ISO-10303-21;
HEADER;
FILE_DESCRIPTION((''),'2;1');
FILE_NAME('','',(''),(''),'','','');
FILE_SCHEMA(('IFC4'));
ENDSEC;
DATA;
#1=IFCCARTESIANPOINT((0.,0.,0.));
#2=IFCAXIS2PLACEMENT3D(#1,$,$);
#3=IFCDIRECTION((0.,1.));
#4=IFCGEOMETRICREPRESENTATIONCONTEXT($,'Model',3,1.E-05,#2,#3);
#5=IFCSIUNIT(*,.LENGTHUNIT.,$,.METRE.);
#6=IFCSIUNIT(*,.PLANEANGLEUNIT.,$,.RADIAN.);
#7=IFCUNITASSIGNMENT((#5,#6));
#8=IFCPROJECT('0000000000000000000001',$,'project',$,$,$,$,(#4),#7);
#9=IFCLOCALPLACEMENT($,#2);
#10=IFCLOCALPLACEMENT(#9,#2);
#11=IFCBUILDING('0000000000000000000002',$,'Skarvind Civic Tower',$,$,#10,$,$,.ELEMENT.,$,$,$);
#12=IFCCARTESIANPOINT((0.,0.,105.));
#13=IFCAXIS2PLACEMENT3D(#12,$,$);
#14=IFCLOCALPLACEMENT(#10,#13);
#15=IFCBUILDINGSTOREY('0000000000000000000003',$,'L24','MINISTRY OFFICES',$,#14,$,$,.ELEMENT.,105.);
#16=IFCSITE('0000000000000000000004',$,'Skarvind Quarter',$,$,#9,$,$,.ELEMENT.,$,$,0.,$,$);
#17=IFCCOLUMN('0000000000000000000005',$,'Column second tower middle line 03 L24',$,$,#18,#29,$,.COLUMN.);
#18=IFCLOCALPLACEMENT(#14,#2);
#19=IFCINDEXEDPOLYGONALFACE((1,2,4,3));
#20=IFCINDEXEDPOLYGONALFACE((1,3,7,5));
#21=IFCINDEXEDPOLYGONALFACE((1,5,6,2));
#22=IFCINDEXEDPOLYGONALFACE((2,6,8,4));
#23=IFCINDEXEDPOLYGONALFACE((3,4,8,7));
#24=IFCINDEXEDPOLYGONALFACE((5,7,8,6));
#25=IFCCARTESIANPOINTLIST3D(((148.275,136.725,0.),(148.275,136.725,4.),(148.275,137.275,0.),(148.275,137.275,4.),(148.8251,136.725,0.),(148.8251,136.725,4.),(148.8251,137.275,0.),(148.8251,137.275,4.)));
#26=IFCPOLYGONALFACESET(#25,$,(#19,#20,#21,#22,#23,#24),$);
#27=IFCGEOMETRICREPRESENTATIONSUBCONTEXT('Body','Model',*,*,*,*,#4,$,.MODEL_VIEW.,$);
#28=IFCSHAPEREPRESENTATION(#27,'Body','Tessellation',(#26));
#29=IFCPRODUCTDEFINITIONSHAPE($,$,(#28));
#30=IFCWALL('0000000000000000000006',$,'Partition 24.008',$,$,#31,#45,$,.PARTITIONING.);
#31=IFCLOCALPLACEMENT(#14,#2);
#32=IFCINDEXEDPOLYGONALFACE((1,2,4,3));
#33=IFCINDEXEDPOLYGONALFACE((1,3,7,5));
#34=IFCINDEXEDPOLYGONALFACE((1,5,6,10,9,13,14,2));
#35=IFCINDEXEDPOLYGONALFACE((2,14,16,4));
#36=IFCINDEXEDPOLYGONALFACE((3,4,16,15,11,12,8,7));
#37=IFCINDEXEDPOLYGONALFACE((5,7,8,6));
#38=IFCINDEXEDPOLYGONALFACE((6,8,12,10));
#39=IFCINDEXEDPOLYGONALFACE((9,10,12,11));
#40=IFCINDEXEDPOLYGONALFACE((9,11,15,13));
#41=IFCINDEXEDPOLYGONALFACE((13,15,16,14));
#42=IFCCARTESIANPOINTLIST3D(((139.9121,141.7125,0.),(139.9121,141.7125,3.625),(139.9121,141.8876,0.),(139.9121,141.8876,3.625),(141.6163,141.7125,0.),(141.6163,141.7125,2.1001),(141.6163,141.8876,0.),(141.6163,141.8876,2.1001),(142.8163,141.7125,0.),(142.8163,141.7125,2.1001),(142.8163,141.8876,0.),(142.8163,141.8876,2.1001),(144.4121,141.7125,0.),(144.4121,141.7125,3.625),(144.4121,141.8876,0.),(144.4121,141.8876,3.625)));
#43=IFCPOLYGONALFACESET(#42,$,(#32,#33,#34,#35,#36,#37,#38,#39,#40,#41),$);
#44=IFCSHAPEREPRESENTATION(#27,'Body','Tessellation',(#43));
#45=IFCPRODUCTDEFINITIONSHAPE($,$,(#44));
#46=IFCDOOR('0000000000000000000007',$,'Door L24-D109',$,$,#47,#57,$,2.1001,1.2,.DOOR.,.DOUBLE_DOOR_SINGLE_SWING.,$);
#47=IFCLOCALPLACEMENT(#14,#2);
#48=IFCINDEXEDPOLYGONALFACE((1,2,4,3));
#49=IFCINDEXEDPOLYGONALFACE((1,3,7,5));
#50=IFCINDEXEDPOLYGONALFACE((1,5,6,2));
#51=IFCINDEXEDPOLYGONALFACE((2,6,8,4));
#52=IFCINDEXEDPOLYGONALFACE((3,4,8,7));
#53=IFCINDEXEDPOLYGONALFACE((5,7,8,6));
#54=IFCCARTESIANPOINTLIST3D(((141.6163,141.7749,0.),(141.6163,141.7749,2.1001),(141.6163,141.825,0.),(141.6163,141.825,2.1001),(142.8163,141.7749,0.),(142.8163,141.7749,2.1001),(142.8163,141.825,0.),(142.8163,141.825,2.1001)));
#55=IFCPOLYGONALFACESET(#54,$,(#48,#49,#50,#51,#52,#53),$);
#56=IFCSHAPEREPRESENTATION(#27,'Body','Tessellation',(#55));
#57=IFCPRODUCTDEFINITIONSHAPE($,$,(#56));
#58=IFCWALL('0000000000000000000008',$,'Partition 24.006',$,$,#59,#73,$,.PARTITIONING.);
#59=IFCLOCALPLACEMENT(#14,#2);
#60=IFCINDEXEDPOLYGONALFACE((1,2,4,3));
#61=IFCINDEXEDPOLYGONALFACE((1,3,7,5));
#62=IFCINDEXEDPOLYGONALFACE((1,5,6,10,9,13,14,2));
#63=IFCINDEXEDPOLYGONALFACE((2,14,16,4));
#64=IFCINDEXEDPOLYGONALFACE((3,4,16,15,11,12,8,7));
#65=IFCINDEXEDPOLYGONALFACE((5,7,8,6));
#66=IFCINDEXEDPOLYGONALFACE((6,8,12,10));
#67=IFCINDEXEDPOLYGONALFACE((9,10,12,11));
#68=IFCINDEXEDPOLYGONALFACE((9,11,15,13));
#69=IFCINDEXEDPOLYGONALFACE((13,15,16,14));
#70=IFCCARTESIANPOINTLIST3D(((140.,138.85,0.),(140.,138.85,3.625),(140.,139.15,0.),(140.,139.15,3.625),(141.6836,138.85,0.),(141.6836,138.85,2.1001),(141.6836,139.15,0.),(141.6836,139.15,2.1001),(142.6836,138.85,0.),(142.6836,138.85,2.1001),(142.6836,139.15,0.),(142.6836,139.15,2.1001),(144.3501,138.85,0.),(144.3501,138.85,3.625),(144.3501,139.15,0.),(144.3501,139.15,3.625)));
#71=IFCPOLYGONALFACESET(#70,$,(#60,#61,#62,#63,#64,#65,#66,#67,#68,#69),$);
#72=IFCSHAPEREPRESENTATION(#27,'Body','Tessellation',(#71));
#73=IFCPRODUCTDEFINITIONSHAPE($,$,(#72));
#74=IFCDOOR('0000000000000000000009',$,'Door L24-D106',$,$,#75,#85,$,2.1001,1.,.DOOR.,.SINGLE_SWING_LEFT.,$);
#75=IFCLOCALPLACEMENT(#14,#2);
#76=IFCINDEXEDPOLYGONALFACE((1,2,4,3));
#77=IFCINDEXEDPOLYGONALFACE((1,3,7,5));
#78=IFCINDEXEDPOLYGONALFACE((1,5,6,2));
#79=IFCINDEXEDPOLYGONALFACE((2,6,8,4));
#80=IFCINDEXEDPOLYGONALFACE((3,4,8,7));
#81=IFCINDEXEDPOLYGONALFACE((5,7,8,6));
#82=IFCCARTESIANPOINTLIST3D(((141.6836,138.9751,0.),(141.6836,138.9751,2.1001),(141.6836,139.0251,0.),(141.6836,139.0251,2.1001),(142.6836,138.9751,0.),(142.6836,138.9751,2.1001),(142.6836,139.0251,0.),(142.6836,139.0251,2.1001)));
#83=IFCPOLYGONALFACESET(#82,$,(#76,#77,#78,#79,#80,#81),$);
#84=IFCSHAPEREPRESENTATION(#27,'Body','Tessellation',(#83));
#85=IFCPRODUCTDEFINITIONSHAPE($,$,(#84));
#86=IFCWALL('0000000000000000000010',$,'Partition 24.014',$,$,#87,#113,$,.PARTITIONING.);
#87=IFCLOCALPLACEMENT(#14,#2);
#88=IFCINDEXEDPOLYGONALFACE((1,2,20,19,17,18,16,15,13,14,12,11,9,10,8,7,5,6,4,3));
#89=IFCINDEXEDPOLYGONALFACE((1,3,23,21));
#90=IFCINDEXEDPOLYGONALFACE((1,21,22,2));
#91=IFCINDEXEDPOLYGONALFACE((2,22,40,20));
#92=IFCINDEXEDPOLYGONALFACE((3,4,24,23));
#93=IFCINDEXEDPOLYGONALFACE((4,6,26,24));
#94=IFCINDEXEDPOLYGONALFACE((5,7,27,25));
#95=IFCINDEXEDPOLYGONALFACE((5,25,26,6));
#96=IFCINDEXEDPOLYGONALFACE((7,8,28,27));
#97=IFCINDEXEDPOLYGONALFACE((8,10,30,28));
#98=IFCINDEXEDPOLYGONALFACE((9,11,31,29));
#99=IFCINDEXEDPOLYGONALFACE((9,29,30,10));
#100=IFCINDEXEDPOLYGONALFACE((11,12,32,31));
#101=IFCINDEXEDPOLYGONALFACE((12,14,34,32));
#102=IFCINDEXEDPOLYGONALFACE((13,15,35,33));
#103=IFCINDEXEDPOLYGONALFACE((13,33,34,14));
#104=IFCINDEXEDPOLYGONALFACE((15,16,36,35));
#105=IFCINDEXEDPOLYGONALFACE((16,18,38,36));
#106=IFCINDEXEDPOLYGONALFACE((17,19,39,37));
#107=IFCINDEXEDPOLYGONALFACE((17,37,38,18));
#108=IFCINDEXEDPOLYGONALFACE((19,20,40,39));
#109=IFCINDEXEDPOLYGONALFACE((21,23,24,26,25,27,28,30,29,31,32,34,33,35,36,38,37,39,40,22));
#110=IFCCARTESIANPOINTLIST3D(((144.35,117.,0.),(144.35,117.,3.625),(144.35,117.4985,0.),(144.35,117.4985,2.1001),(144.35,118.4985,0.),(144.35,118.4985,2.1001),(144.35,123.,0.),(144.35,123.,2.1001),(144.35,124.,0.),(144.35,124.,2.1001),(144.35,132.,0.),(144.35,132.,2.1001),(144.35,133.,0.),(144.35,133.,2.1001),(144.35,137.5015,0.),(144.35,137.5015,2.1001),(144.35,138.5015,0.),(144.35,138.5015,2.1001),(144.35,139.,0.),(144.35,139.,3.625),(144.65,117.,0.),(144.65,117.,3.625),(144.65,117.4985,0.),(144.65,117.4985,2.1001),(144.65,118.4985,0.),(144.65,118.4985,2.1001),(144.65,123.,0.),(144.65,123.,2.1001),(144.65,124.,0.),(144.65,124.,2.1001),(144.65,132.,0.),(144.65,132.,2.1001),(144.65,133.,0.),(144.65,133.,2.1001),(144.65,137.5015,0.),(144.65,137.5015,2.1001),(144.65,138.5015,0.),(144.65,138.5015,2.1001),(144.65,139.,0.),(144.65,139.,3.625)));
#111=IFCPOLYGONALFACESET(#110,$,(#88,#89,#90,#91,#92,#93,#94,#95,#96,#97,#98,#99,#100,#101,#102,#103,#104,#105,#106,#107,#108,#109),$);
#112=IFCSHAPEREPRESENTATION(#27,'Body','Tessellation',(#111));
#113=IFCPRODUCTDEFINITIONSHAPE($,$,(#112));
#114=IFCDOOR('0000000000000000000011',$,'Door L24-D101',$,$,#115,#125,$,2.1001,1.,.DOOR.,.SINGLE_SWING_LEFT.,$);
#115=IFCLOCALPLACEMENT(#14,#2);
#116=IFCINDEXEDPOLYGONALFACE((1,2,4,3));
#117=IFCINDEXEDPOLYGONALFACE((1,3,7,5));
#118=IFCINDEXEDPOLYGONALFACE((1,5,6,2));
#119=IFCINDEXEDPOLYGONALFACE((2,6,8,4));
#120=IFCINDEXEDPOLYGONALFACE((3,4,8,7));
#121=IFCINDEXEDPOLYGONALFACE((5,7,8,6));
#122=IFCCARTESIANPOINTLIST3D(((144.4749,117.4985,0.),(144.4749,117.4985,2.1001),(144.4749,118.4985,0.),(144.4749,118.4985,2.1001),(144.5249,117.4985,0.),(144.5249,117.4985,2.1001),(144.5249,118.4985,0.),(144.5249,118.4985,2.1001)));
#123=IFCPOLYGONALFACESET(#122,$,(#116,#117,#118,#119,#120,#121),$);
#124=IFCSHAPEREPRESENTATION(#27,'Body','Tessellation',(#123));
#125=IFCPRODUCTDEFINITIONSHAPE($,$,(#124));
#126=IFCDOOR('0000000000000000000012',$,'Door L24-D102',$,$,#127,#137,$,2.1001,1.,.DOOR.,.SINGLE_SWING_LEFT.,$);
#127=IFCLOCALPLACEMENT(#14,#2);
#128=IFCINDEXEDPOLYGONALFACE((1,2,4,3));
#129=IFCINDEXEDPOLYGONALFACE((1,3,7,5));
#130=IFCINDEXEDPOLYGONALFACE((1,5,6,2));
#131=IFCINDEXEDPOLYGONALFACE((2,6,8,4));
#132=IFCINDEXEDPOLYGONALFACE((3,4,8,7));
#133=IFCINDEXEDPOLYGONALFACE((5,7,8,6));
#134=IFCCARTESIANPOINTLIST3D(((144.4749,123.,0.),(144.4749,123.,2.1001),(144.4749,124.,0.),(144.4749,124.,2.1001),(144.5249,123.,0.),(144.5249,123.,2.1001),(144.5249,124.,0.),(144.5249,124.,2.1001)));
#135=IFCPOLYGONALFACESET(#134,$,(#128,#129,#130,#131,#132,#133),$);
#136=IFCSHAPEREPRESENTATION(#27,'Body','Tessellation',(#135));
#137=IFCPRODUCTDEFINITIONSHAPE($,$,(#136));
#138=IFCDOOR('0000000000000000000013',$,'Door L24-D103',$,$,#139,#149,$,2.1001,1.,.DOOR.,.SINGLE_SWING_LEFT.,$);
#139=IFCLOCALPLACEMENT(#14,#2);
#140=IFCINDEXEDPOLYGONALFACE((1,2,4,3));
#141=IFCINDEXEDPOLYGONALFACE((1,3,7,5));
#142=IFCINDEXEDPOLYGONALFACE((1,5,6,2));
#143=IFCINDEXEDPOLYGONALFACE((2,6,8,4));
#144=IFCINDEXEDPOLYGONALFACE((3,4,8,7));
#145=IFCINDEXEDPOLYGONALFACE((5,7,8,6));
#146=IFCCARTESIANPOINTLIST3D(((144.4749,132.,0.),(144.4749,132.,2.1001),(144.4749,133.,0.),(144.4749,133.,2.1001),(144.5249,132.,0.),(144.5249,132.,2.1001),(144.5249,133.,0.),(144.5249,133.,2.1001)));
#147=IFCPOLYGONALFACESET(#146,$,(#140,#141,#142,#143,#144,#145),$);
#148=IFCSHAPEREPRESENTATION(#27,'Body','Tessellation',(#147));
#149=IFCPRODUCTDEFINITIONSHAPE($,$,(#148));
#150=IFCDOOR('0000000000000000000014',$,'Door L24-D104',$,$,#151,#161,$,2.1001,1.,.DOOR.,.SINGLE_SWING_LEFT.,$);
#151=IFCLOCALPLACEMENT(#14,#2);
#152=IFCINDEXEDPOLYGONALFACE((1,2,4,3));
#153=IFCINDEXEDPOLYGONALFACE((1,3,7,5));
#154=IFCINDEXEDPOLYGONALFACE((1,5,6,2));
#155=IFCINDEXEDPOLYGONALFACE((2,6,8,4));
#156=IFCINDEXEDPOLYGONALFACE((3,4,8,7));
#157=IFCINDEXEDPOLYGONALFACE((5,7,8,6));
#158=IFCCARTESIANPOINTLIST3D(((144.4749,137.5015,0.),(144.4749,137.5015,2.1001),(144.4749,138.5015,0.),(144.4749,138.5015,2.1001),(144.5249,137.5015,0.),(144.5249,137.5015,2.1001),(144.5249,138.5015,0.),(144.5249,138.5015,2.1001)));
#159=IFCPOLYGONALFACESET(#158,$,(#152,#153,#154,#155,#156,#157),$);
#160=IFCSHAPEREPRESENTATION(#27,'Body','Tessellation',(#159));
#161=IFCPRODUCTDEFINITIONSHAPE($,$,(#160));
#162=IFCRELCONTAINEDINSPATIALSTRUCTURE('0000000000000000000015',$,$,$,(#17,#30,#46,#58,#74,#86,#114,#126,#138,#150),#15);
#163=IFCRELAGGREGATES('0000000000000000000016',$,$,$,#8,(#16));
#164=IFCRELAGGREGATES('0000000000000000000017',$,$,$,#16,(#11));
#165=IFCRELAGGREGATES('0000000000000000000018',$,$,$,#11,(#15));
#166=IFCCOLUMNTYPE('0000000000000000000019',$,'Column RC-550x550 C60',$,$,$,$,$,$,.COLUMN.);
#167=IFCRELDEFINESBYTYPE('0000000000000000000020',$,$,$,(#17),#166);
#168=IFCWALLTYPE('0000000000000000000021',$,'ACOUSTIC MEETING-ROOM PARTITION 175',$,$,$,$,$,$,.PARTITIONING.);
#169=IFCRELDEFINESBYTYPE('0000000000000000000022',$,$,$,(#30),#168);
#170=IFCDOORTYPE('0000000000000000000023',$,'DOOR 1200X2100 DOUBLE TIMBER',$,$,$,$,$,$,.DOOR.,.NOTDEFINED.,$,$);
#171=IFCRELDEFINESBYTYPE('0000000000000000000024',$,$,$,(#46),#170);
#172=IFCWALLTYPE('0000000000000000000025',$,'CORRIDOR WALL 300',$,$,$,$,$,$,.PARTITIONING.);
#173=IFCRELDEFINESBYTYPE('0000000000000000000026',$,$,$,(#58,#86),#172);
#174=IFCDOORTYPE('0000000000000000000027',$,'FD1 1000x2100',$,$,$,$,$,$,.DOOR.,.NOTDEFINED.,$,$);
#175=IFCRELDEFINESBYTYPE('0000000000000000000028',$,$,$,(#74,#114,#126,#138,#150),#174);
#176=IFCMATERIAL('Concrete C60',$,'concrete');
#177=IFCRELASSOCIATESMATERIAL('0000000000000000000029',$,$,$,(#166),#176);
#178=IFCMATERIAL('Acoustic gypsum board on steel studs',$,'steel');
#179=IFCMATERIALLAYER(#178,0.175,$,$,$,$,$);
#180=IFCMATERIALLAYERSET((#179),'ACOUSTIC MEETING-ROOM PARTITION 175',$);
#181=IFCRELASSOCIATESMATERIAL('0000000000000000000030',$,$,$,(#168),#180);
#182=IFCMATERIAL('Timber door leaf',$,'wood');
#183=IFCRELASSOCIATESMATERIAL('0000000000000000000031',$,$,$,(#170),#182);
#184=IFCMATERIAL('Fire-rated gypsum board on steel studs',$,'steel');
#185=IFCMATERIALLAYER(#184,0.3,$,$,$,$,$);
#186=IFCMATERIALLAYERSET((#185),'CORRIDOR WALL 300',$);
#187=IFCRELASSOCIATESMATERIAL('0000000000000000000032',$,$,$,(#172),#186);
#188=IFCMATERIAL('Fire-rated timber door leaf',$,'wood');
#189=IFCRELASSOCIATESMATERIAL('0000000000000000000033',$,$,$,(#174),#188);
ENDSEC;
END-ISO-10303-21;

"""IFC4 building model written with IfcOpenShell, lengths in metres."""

from ifc_helpers import new_model, si_unit, direction, frame, frame_2d, origin, origin_2d, place, context, subcontext, project, spatial, rectangle, extrude, material, layer, layer_set, material_profile, profile_set, type_object, element, fill, save


model = new_model("IFC4")

# Units and contexts
model_context = context("Model", 3, precision=1e-05, world=origin(), true_north=direction((0.0, 1.0)))
body_context = subcontext(model_context, "Body", "Model", "MODEL_VIEW")
ifc_project = project(units=[si_unit("LENGTHUNIT", "METRE"), si_unit("PLANEANGLEUNIT", "RADIAN")], contexts=[model_context])

# Site, building, storey
site_placement = place(None, origin())
site = spatial("IfcSite", under=ifc_project, at=site_placement, Name="Skarvind Quarter", CompositionType="ELEMENT", RefElevation=0.0)
building_placement = place(site_placement, origin())
building = spatial("IfcBuilding", under=site, at=building_placement, Name="Skarvind Civic Tower", CompositionType="ELEMENT")
storey_placement = place(building_placement, frame((0.0, 0.0, 105.0)))
storey = spatial("IfcBuildingStorey", under=building, at=storey_placement, Name="L24", Description="MINISTRY OFFICES", CompositionType="ELEMENT", Elevation=105.0)

# Column
ifc_material_1 = material(Name="Concrete C60", Category="concrete")
ifc_material_profile = material_profile(ifc_material_1, rectangle(XDim=0.55, YDim=0.55, at=origin_2d()), Name="RC-550x550")
ifc_profile_set = profile_set([ifc_material_profile], Name="Concrete C60")
column_type = type_object("IfcColumnType", Name="Column RC-550x550 C60", PredefinedType="COLUMN", material=ifc_profile_set)
column_placement = place(storey_placement, frame((148.55, 137.0, 0.0), z_axis=(0.0, 0.0, 1.0), x_axis=(1.0, 0.0, 0.0)))
element("IfcColumn", 1, at=column_placement, inside=storey, type_object=column_type, Name="Column second tower middle line 03 L24", PredefinedType="COLUMN", context=body_context, shape_type="SweptSolid", body=[
    extrude(rectangle(XDim=0.55, YDim=0.55, at=origin_2d()), origin(), (0.0, 0.0, 1.0), 4.0),
])

# Walls, openings, doors
ifc_material_2 = material(Name="Acoustic gypsum board on steel studs", Category="steel")
ifc_layer_1 = layer(ifc_material_2, 0.175)
ifc_layer_set_1 = layer_set([ifc_layer_1], Name="ACOUSTIC MEETING-ROOM PARTITION 175")
wall_type_1 = type_object("IfcWallType", Name="ACOUSTIC MEETING-ROOM PARTITION 175", PredefinedType="PARTITIONING", material=ifc_layer_set_1)
wall_1_placement = place(storey_placement, frame((139.9121, 141.8, 0.0), z_axis=(0.0, 0.0, 1.0), x_axis=(1.0, 0.0, 0.0)))
wall_1 = element("IfcWall", 2, at=wall_1_placement, inside=storey, type_object=wall_type_1, Name="Partition 24.008", PredefinedType="PARTITIONING", context=body_context, shape_type="SweptSolid", body=[
    extrude(rectangle(XDim=4.5, YDim=0.175, at=frame_2d((2.25, 0.0))), origin(), (0.0, 0.0, 1.0), 3.625),
])
opening_1_placement = place(wall_1_placement, frame((1.7041, 0.0, 0.0)))
opening_1 = element("IfcOpeningElement", 3, at=opening_1_placement, cuts=wall_1, PredefinedType="OPENING", context=body_context, shape_type="SweptSolid", body=[
    extrude(rectangle(XDim=1.2, YDim=2.1001, at=frame_2d((0.6001, 1.05))), frame((0.0, 0.0974, 0.0), z_axis=(0.0, -1.0, 0.0), x_axis=(1.0, 0.0, 0.0)), (0.0, 0.0, 1.0), 0.1951),
])
ifc_material_3 = material(Name="Timber door leaf", Category="wood")
door_type_1 = type_object("IfcDoorType", Name="DOOR 1200X2100 DOUBLE TIMBER", OperationType="NOTDEFINED", PredefinedType="DOOR", material=ifc_material_3)
door_1_placement = place(opening_1_placement, origin())
door_1 = element("IfcDoor", 4, at=door_1_placement, inside=storey, type_object=door_type_1, Name="Door L24-D109", OperationType="DOUBLE_DOOR_SINGLE_SWING", OverallHeight=2.1001, OverallWidth=1.2, PredefinedType="DOOR", context=body_context, shape_type="SweptSolid", body=[
    extrude(rectangle(XDim=1.2, YDim=2.1001, at=frame_2d((0.6001, 1.05))), frame((0.0, 0.0249, 0.0), z_axis=(0.0, -1.0, 0.0), x_axis=(1.0, 0.0, 0.0)), (0.0, 0.0, 1.0), 0.05),
])
fill(opening_1, door_1)
ifc_material_4 = material(Name="Fire-rated gypsum board on steel studs", Category="steel")
ifc_layer_2 = layer(ifc_material_4, 0.3)
ifc_layer_set_2 = layer_set([ifc_layer_2], Name="CORRIDOR WALL 300")
wall_type_2 = type_object("IfcWallType", Name="CORRIDOR WALL 300", PredefinedType="PARTITIONING", material=ifc_layer_set_2)
wall_2_placement = place(storey_placement, frame((144.3501, 139.0, 0.0), z_axis=(0.0, 0.0, 1.0), x_axis=(-1.0, 0.0, 0.0)))
wall_2 = element("IfcWall", 5, at=wall_2_placement, inside=storey, type_object=wall_type_2, Name="Partition 24.006", PredefinedType="PARTITIONING", context=body_context, shape_type="SweptSolid", body=[
    extrude(rectangle(XDim=4.3501, YDim=0.3, at=frame_2d((2.175, 0.0))), origin(), (0.0, 0.0, 1.0), 3.625),
])
opening_2_placement = place(wall_2_placement, frame((1.6665, 0.0, 0.0)))
opening_2 = element("IfcOpeningElement", 6, at=opening_2_placement, cuts=wall_2, PredefinedType="OPENING", context=body_context, shape_type="SweptSolid", body=[
    extrude(rectangle(XDim=1.0, YDim=2.1001, at=frame_2d((0.5, 1.05))), frame((0.0, 0.1599, 0.0), z_axis=(0.0, -1.0, 0.0), x_axis=(1.0, 0.0, 0.0)), (0.0, 0.0, 1.0), 0.3201),
])
ifc_material_5 = material(Name="Fire-rated timber door leaf", Category="wood")
door_type_2 = type_object("IfcDoorType", Name="FD1 1000x2100", OperationType="NOTDEFINED", PredefinedType="DOOR", material=ifc_material_5)
door_2_placement = place(opening_2_placement, origin())
door_2 = element("IfcDoor", 7, at=door_2_placement, inside=storey, type_object=door_type_2, Name="Door L24-D106", OperationType="SINGLE_SWING_LEFT", OverallHeight=2.1001, OverallWidth=1.0, PredefinedType="DOOR", context=body_context, shape_type="SweptSolid", body=[
    extrude(rectangle(XDim=1.0, YDim=2.1001, at=frame_2d((0.5, 1.05))), frame((0.0, 0.0249, 0.0), z_axis=(0.0, -1.0, 0.0), x_axis=(1.0, 0.0, 0.0)), (0.0, 0.0, 1.0), 0.05),
])
fill(opening_2, door_2)

# Wall, openings, doors
wall_3_placement = place(storey_placement, frame((144.5, 139.0, 0.0), z_axis=(0.0, 0.0, 1.0), x_axis=(0.0, -1.0, 0.0)))
wall_3 = element("IfcWall", 8, at=wall_3_placement, inside=storey, type_object=wall_type_2, Name="Partition 24.014", PredefinedType="PARTITIONING", context=body_context, shape_type="SweptSolid", body=[
    extrude(rectangle(XDim=22.0, YDim=0.3, at=frame_2d((11.0, 0.0))), origin(), (0.0, 0.0, 1.0), 3.625),
])
opening_3_placement = place(wall_3_placement, frame((20.5015, 0.0, 0.0)))
opening_3 = element("IfcOpeningElement", 9, at=opening_3_placement, cuts=wall_3, PredefinedType="OPENING", context=body_context, shape_type="SweptSolid", body=[
    extrude(rectangle(XDim=1.0, YDim=2.1001, at=frame_2d((0.5, 1.05))), frame((0.0, 0.1599, 0.0), z_axis=(0.0, -1.0, 0.0), x_axis=(1.0, 0.0, 0.0)), (0.0, 0.0, 1.0), 0.3201),
])
opening_4_placement = place(wall_3_placement, frame((15.0, 0.0, 0.0)))
opening_4 = element("IfcOpeningElement", 10, at=opening_4_placement, cuts=wall_3, PredefinedType="OPENING", context=body_context, shape_type="SweptSolid", body=[
    extrude(rectangle(XDim=1.0, YDim=2.1001, at=frame_2d((0.5, 1.05))), frame((0.0, 0.1599, 0.0), z_axis=(0.0, -1.0, 0.0), x_axis=(1.0, 0.0, 0.0)), (0.0, 0.0, 1.0), 0.3201),
])
opening_5_placement = place(wall_3_placement, frame((6.0, 0.0, 0.0)))
opening_5 = element("IfcOpeningElement", 11, at=opening_5_placement, cuts=wall_3, PredefinedType="OPENING", context=body_context, shape_type="SweptSolid", body=[
    extrude(rectangle(XDim=1.0, YDim=2.1001, at=frame_2d((0.5, 1.05))), frame((0.0, 0.1599, 0.0), z_axis=(0.0, -1.0, 0.0), x_axis=(1.0, 0.0, 0.0)), (0.0, 0.0, 1.0), 0.3201),
])
opening_6_placement = place(wall_3_placement, frame((0.4985, 0.0, 0.0)))
opening_6 = element("IfcOpeningElement", 12, at=opening_6_placement, cuts=wall_3, PredefinedType="OPENING", context=body_context, shape_type="SweptSolid", body=[
    extrude(rectangle(XDim=1.0, YDim=2.1001, at=frame_2d((0.5, 1.05))), frame((0.0, 0.1599, 0.0), z_axis=(0.0, -1.0, 0.0), x_axis=(1.0, 0.0, 0.0)), (0.0, 0.0, 1.0), 0.3201),
])
door_3_placement = place(opening_3_placement, origin())
door_3 = element("IfcDoor", 13, at=door_3_placement, inside=storey, type_object=door_type_2, Name="Door L24-D101", OperationType="SINGLE_SWING_LEFT", OverallHeight=2.1001, OverallWidth=1.0, PredefinedType="DOOR", context=body_context, shape_type="SweptSolid", body=[
    extrude(rectangle(XDim=1.0, YDim=2.1001, at=frame_2d((0.5, 1.05))), frame((0.0, 0.0249, 0.0), z_axis=(0.0, -1.0, 0.0), x_axis=(1.0, 0.0, 0.0)), (0.0, 0.0, 1.0), 0.05),
])
fill(opening_3, door_3)
door_4_placement = place(opening_4_placement, origin())
door_4 = element("IfcDoor", 14, at=door_4_placement, inside=storey, type_object=door_type_2, Name="Door L24-D102", OperationType="SINGLE_SWING_LEFT", OverallHeight=2.1001, OverallWidth=1.0, PredefinedType="DOOR", context=body_context, shape_type="SweptSolid", body=[
    extrude(rectangle(XDim=1.0, YDim=2.1001, at=frame_2d((0.5, 1.05))), frame((0.0, 0.0249, 0.0), z_axis=(0.0, -1.0, 0.0), x_axis=(1.0, 0.0, 0.0)), (0.0, 0.0, 1.0), 0.05),
])
fill(opening_4, door_4)
door_5_placement = place(opening_5_placement, origin())
door_5 = element("IfcDoor", 15, at=door_5_placement, inside=storey, type_object=door_type_2, Name="Door L24-D103", OperationType="SINGLE_SWING_LEFT", OverallHeight=2.1001, OverallWidth=1.0, PredefinedType="DOOR", context=body_context, shape_type="SweptSolid", body=[
    extrude(rectangle(XDim=1.0, YDim=2.1001, at=frame_2d((0.5, 1.05))), frame((0.0, 0.0249, 0.0), z_axis=(0.0, -1.0, 0.0), x_axis=(1.0, 0.0, 0.0)), (0.0, 0.0, 1.0), 0.05),
])
fill(opening_5, door_5)
door_6_placement = place(opening_6_placement, origin())
door_6 = element("IfcDoor", 16, at=door_6_placement, inside=storey, type_object=door_type_2, Name="Door L24-D104", OperationType="SINGLE_SWING_LEFT", OverallHeight=2.1001, OverallWidth=1.0, PredefinedType="DOOR", context=body_context, shape_type="SweptSolid", body=[
    extrude(rectangle(XDim=1.0, YDim=2.1001, at=frame_2d((0.5, 1.05))), frame((0.0, 0.0249, 0.0), z_axis=(0.0, -1.0, 0.0), x_axis=(1.0, 0.0, 0.0)), (0.0, 0.0, 1.0), 0.05),
])
fill(opening_6, door_6)

save(model, "model.ifc")
